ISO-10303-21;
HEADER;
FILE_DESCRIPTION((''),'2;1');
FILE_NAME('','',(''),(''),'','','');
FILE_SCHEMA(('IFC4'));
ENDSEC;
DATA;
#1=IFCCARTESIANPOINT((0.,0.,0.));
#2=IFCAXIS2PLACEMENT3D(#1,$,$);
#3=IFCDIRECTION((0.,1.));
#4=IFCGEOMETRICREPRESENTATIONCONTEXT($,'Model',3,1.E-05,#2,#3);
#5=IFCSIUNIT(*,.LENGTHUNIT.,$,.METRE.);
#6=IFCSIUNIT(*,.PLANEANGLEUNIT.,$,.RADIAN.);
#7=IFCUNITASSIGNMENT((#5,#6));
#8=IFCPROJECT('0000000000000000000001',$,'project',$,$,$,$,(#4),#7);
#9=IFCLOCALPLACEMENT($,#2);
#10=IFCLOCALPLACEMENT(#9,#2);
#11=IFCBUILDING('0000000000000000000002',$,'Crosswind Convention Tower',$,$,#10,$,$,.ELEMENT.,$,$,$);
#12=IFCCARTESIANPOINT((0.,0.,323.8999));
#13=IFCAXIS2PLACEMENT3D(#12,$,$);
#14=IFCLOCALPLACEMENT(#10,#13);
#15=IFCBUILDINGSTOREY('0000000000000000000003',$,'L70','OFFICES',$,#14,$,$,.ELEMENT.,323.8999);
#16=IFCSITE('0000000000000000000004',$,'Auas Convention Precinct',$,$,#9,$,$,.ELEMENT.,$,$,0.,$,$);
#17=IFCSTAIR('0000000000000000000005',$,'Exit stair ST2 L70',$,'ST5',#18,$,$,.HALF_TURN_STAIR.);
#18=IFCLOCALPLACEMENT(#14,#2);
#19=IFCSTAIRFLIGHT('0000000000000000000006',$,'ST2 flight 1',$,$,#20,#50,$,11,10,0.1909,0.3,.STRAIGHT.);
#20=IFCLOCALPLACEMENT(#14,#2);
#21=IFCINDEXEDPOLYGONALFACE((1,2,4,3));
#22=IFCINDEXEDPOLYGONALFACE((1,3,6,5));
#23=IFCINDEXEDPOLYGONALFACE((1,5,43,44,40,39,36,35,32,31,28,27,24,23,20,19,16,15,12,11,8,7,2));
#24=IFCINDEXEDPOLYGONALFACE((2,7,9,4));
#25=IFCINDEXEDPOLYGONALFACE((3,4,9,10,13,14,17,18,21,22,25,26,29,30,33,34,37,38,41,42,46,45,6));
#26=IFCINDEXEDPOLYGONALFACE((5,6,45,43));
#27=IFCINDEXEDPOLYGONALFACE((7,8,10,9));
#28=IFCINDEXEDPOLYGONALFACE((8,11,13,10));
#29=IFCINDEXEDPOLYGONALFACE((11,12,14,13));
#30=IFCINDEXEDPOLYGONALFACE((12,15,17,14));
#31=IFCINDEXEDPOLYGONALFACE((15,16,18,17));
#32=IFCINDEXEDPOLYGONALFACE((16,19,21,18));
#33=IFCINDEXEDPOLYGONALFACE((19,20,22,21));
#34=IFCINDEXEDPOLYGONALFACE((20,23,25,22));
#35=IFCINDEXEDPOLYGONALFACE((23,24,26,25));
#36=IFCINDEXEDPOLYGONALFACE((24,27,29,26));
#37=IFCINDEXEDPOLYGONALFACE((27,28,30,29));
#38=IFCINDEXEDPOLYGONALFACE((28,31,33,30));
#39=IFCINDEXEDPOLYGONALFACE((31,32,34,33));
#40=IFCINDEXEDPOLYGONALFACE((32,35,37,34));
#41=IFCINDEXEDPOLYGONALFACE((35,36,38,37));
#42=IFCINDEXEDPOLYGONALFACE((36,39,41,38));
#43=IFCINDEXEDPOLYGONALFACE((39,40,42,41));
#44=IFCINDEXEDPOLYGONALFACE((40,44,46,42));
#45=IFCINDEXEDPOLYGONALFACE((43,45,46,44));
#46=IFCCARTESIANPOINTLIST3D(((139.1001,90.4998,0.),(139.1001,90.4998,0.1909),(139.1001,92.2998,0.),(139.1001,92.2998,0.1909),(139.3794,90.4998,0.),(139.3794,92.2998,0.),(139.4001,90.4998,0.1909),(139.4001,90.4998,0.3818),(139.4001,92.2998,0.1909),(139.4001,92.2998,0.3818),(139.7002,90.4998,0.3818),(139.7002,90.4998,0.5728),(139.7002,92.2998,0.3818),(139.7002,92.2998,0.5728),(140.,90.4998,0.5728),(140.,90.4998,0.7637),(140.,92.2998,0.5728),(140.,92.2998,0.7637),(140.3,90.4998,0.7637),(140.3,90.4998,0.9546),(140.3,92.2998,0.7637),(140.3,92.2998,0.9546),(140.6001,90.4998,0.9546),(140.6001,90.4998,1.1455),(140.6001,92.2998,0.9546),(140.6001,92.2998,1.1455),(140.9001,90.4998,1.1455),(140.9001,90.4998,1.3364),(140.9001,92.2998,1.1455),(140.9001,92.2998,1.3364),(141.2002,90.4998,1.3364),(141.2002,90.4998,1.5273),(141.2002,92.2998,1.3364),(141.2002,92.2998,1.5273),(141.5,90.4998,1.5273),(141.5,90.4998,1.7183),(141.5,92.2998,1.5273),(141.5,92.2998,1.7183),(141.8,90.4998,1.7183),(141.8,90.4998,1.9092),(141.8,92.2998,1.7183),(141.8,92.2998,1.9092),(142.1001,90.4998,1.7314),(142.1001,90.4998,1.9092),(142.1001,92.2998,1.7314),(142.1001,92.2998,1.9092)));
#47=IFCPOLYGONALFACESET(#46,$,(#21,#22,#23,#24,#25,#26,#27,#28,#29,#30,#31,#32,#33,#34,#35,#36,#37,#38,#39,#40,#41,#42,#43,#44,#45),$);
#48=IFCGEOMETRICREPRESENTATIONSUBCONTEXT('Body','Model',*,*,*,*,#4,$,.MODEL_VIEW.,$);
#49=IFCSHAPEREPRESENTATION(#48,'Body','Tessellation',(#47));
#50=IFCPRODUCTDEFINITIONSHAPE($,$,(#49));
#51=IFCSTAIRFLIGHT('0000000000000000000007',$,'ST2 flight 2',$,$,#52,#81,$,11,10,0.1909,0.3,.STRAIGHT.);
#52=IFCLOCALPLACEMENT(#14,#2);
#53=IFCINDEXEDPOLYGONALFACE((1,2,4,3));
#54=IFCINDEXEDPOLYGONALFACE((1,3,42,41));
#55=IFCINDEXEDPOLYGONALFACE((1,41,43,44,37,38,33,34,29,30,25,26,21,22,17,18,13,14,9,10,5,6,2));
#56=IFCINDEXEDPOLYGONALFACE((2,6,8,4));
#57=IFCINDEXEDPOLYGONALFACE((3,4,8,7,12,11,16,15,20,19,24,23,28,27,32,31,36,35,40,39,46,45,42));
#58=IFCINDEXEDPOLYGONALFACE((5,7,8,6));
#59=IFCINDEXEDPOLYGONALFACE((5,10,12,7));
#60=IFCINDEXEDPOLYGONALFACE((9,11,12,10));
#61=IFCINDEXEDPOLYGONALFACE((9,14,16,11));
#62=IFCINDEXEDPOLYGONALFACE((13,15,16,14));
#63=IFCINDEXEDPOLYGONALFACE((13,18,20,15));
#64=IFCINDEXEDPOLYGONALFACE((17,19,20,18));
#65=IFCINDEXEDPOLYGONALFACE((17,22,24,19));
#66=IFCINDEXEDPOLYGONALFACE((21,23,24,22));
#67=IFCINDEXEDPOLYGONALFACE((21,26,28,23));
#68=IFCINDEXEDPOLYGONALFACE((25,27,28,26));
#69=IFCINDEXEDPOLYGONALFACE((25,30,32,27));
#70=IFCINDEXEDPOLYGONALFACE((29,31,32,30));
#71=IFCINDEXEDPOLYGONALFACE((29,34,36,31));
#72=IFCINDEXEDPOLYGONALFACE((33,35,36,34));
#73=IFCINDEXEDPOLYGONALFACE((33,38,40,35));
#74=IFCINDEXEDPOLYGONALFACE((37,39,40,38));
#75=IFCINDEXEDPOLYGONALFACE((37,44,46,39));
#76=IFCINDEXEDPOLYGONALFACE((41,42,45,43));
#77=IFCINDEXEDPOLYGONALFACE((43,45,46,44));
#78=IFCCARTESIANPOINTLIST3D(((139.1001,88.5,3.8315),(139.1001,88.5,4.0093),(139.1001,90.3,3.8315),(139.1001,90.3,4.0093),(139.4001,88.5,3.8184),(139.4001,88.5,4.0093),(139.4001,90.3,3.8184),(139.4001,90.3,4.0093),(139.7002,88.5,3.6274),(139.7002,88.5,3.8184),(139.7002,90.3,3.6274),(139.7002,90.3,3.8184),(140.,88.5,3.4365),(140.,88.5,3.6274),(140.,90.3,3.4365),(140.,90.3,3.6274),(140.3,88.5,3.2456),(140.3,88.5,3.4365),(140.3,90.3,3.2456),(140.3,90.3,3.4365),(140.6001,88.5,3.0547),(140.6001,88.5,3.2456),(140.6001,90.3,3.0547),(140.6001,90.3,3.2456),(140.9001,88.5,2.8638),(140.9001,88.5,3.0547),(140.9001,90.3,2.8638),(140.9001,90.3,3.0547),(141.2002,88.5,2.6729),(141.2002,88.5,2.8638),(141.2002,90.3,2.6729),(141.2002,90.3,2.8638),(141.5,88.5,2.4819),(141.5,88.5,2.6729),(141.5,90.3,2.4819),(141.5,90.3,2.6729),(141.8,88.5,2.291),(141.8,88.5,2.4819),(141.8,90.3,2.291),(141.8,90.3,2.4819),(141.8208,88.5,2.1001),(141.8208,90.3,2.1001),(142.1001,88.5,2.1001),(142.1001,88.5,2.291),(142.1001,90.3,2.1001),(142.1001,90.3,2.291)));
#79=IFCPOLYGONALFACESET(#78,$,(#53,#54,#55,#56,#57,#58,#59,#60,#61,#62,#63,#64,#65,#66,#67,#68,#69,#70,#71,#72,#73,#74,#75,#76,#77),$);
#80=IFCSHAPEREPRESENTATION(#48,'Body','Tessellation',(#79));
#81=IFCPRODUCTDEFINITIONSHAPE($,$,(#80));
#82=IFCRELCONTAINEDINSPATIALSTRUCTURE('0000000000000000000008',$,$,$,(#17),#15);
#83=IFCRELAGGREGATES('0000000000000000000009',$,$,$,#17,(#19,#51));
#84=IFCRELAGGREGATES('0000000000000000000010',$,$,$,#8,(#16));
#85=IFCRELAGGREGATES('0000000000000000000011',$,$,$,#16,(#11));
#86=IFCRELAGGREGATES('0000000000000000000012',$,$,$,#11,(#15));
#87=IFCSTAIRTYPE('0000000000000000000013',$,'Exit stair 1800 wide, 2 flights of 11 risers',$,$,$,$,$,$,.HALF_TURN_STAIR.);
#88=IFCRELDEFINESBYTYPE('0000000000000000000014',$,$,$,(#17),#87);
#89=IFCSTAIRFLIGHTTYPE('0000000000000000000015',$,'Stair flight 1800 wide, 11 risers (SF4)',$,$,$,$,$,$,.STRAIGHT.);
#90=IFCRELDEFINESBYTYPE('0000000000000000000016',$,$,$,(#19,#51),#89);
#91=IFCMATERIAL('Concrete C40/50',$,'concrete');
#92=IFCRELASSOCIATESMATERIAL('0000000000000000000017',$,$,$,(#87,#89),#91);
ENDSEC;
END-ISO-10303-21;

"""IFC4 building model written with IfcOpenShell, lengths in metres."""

from ifc_helpers import new_model, si_unit, direction, frame, origin, place, context, subcontext, project, spatial, polyline, outline, extrude, material, type_object, element, aggregate, save


model = new_model("IFC4")

# Units and contexts
model_context = context("Model", 3, precision=1e-05, world=origin(), true_north=direction((0.0, 1.0)))
body_context = subcontext(model_context, "Body", "Model", "MODEL_VIEW")
ifc_project = project(units=[si_unit("LENGTHUNIT", "METRE"), si_unit("PLANEANGLEUNIT", "RADIAN")], contexts=[model_context])

# Site, building, storey
site_placement = place(None, origin())
site = spatial("IfcSite", under=ifc_project, at=site_placement, Name="Auas Convention Precinct", CompositionType="ELEMENT", RefElevation=0.0)
building_placement = place(site_placement, origin())
building = spatial("IfcBuilding", under=site, at=building_placement, Name="Crosswind Convention Tower", CompositionType="ELEMENT")
storey_placement = place(building_placement, frame((0.0, 0.0, 323.8999)))
storey = spatial("IfcBuildingStorey", under=building, at=storey_placement, Name="L70", Description="OFFICES", CompositionType="ELEMENT", Elevation=323.8999)

# Stair, stair flights
ifc_material_1 = material(Name="Concrete C40/50", Category="concrete")
stair_type = type_object("IfcStairType", Name="Exit stair 1800 wide, 2 flights of 11 risers", PredefinedType="HALF_TURN_STAIR", material=ifc_material_1)
stair_placement = place(storey_placement, origin())
stair = element("IfcStair", 1, at=stair_placement, inside=storey, type_object=stair_type, Name="Exit stair ST2 L70", ObjectType="ST5", PredefinedType="HALF_TURN_STAIR")
stair_flight_type = type_object("IfcStairFlightType", Name="Stair flight 1800 wide, 11 risers (SF4)", PredefinedType="STRAIGHT", material=ifc_material_1)
stair_flight_1_placement = place(storey_placement, frame((139.1001, 91.3999, 0.0), z_axis=(0.0, 0.0, 1.0), x_axis=(1.0, 0.0, 0.0)))
stair_flight_1 = element("IfcStairFlight", 2, at=stair_flight_1_placement, type_object=stair_flight_type, Name="ST2 flight 1", NumberOfRisers=11, NumberOfTreads=10, PredefinedType="STRAIGHT", RiserHeight=0.1909, TreadLength=0.3, context=body_context, shape_type="SweptSolid", body=[
    extrude(outline(polyline([(0.0, 0.0), (0.0, 0.1909), (0.3, 0.1909), (0.3, 0.3818), (0.6001, 0.3818), (0.6001, 0.5728), (0.8999, 0.5728), (0.8999, 0.7637), (1.2, 0.7637), (1.2, 0.9546), (1.5, 0.9546), (1.5, 1.1455), (1.8, 1.1455), (1.8, 1.3364), (2.1001, 1.3364), (2.1001, 1.5273), (2.3999, 1.5273), (2.3999, 1.7183), (2.7, 1.7183), (2.7, 1.9092), (3.0, 1.9092), (3.0, 2.1001), (3.0, 1.7314), (0.2793, 0.0), (0.0, 0.0)])), frame((0.0, 0.8999, 0.0), z_axis=(0.0, -1.0, 0.0), x_axis=(1.0, 0.0, 0.0)), (0.0, 0.0, 1.0), 1.8),
])
stair_flight_2_placement = place(storey_placement, frame((142.1001, 89.3999, 2.1001), z_axis=(0.0, 0.0, 1.0), x_axis=(-1.0, 0.0, 0.0)))
stair_flight_2 = element("IfcStairFlight", 3, at=stair_flight_2_placement, type_object=stair_flight_type, Name="ST2 flight 2", NumberOfRisers=11, NumberOfTreads=10, PredefinedType="STRAIGHT", RiserHeight=0.1909, TreadLength=0.3, context=body_context, shape_type="SweptSolid", body=[
    extrude(outline(polyline([(0.0, 0.0), (0.0, 0.1909), (0.3, 0.1909), (0.3, 0.3818), (0.6001, 0.3818), (0.6001, 0.5728), (0.8999, 0.5728), (0.8999, 0.7637), (1.2, 0.7637), (1.2, 0.9546), (1.5, 0.9546), (1.5, 1.1455), (1.8, 1.1455), (1.8, 1.3364), (2.1001, 1.3364), (2.1001, 1.5273), (2.3999, 1.5273), (2.3999, 1.7183), (2.7, 1.7183), (2.7, 1.9092), (3.0, 1.9092), (3.0, 2.1001), (3.0, 1.7314), (0.2793, 0.0), (0.0, 0.0)])), frame((0.0, 0.8999, 0.0), z_axis=(0.0, -1.0, 0.0), x_axis=(1.0, 0.0, 0.0)), (0.0, 0.0, 1.0), 1.8),
])
aggregate(stair, [stair_flight_1, stair_flight_2])

save(model, "model.ifc")
